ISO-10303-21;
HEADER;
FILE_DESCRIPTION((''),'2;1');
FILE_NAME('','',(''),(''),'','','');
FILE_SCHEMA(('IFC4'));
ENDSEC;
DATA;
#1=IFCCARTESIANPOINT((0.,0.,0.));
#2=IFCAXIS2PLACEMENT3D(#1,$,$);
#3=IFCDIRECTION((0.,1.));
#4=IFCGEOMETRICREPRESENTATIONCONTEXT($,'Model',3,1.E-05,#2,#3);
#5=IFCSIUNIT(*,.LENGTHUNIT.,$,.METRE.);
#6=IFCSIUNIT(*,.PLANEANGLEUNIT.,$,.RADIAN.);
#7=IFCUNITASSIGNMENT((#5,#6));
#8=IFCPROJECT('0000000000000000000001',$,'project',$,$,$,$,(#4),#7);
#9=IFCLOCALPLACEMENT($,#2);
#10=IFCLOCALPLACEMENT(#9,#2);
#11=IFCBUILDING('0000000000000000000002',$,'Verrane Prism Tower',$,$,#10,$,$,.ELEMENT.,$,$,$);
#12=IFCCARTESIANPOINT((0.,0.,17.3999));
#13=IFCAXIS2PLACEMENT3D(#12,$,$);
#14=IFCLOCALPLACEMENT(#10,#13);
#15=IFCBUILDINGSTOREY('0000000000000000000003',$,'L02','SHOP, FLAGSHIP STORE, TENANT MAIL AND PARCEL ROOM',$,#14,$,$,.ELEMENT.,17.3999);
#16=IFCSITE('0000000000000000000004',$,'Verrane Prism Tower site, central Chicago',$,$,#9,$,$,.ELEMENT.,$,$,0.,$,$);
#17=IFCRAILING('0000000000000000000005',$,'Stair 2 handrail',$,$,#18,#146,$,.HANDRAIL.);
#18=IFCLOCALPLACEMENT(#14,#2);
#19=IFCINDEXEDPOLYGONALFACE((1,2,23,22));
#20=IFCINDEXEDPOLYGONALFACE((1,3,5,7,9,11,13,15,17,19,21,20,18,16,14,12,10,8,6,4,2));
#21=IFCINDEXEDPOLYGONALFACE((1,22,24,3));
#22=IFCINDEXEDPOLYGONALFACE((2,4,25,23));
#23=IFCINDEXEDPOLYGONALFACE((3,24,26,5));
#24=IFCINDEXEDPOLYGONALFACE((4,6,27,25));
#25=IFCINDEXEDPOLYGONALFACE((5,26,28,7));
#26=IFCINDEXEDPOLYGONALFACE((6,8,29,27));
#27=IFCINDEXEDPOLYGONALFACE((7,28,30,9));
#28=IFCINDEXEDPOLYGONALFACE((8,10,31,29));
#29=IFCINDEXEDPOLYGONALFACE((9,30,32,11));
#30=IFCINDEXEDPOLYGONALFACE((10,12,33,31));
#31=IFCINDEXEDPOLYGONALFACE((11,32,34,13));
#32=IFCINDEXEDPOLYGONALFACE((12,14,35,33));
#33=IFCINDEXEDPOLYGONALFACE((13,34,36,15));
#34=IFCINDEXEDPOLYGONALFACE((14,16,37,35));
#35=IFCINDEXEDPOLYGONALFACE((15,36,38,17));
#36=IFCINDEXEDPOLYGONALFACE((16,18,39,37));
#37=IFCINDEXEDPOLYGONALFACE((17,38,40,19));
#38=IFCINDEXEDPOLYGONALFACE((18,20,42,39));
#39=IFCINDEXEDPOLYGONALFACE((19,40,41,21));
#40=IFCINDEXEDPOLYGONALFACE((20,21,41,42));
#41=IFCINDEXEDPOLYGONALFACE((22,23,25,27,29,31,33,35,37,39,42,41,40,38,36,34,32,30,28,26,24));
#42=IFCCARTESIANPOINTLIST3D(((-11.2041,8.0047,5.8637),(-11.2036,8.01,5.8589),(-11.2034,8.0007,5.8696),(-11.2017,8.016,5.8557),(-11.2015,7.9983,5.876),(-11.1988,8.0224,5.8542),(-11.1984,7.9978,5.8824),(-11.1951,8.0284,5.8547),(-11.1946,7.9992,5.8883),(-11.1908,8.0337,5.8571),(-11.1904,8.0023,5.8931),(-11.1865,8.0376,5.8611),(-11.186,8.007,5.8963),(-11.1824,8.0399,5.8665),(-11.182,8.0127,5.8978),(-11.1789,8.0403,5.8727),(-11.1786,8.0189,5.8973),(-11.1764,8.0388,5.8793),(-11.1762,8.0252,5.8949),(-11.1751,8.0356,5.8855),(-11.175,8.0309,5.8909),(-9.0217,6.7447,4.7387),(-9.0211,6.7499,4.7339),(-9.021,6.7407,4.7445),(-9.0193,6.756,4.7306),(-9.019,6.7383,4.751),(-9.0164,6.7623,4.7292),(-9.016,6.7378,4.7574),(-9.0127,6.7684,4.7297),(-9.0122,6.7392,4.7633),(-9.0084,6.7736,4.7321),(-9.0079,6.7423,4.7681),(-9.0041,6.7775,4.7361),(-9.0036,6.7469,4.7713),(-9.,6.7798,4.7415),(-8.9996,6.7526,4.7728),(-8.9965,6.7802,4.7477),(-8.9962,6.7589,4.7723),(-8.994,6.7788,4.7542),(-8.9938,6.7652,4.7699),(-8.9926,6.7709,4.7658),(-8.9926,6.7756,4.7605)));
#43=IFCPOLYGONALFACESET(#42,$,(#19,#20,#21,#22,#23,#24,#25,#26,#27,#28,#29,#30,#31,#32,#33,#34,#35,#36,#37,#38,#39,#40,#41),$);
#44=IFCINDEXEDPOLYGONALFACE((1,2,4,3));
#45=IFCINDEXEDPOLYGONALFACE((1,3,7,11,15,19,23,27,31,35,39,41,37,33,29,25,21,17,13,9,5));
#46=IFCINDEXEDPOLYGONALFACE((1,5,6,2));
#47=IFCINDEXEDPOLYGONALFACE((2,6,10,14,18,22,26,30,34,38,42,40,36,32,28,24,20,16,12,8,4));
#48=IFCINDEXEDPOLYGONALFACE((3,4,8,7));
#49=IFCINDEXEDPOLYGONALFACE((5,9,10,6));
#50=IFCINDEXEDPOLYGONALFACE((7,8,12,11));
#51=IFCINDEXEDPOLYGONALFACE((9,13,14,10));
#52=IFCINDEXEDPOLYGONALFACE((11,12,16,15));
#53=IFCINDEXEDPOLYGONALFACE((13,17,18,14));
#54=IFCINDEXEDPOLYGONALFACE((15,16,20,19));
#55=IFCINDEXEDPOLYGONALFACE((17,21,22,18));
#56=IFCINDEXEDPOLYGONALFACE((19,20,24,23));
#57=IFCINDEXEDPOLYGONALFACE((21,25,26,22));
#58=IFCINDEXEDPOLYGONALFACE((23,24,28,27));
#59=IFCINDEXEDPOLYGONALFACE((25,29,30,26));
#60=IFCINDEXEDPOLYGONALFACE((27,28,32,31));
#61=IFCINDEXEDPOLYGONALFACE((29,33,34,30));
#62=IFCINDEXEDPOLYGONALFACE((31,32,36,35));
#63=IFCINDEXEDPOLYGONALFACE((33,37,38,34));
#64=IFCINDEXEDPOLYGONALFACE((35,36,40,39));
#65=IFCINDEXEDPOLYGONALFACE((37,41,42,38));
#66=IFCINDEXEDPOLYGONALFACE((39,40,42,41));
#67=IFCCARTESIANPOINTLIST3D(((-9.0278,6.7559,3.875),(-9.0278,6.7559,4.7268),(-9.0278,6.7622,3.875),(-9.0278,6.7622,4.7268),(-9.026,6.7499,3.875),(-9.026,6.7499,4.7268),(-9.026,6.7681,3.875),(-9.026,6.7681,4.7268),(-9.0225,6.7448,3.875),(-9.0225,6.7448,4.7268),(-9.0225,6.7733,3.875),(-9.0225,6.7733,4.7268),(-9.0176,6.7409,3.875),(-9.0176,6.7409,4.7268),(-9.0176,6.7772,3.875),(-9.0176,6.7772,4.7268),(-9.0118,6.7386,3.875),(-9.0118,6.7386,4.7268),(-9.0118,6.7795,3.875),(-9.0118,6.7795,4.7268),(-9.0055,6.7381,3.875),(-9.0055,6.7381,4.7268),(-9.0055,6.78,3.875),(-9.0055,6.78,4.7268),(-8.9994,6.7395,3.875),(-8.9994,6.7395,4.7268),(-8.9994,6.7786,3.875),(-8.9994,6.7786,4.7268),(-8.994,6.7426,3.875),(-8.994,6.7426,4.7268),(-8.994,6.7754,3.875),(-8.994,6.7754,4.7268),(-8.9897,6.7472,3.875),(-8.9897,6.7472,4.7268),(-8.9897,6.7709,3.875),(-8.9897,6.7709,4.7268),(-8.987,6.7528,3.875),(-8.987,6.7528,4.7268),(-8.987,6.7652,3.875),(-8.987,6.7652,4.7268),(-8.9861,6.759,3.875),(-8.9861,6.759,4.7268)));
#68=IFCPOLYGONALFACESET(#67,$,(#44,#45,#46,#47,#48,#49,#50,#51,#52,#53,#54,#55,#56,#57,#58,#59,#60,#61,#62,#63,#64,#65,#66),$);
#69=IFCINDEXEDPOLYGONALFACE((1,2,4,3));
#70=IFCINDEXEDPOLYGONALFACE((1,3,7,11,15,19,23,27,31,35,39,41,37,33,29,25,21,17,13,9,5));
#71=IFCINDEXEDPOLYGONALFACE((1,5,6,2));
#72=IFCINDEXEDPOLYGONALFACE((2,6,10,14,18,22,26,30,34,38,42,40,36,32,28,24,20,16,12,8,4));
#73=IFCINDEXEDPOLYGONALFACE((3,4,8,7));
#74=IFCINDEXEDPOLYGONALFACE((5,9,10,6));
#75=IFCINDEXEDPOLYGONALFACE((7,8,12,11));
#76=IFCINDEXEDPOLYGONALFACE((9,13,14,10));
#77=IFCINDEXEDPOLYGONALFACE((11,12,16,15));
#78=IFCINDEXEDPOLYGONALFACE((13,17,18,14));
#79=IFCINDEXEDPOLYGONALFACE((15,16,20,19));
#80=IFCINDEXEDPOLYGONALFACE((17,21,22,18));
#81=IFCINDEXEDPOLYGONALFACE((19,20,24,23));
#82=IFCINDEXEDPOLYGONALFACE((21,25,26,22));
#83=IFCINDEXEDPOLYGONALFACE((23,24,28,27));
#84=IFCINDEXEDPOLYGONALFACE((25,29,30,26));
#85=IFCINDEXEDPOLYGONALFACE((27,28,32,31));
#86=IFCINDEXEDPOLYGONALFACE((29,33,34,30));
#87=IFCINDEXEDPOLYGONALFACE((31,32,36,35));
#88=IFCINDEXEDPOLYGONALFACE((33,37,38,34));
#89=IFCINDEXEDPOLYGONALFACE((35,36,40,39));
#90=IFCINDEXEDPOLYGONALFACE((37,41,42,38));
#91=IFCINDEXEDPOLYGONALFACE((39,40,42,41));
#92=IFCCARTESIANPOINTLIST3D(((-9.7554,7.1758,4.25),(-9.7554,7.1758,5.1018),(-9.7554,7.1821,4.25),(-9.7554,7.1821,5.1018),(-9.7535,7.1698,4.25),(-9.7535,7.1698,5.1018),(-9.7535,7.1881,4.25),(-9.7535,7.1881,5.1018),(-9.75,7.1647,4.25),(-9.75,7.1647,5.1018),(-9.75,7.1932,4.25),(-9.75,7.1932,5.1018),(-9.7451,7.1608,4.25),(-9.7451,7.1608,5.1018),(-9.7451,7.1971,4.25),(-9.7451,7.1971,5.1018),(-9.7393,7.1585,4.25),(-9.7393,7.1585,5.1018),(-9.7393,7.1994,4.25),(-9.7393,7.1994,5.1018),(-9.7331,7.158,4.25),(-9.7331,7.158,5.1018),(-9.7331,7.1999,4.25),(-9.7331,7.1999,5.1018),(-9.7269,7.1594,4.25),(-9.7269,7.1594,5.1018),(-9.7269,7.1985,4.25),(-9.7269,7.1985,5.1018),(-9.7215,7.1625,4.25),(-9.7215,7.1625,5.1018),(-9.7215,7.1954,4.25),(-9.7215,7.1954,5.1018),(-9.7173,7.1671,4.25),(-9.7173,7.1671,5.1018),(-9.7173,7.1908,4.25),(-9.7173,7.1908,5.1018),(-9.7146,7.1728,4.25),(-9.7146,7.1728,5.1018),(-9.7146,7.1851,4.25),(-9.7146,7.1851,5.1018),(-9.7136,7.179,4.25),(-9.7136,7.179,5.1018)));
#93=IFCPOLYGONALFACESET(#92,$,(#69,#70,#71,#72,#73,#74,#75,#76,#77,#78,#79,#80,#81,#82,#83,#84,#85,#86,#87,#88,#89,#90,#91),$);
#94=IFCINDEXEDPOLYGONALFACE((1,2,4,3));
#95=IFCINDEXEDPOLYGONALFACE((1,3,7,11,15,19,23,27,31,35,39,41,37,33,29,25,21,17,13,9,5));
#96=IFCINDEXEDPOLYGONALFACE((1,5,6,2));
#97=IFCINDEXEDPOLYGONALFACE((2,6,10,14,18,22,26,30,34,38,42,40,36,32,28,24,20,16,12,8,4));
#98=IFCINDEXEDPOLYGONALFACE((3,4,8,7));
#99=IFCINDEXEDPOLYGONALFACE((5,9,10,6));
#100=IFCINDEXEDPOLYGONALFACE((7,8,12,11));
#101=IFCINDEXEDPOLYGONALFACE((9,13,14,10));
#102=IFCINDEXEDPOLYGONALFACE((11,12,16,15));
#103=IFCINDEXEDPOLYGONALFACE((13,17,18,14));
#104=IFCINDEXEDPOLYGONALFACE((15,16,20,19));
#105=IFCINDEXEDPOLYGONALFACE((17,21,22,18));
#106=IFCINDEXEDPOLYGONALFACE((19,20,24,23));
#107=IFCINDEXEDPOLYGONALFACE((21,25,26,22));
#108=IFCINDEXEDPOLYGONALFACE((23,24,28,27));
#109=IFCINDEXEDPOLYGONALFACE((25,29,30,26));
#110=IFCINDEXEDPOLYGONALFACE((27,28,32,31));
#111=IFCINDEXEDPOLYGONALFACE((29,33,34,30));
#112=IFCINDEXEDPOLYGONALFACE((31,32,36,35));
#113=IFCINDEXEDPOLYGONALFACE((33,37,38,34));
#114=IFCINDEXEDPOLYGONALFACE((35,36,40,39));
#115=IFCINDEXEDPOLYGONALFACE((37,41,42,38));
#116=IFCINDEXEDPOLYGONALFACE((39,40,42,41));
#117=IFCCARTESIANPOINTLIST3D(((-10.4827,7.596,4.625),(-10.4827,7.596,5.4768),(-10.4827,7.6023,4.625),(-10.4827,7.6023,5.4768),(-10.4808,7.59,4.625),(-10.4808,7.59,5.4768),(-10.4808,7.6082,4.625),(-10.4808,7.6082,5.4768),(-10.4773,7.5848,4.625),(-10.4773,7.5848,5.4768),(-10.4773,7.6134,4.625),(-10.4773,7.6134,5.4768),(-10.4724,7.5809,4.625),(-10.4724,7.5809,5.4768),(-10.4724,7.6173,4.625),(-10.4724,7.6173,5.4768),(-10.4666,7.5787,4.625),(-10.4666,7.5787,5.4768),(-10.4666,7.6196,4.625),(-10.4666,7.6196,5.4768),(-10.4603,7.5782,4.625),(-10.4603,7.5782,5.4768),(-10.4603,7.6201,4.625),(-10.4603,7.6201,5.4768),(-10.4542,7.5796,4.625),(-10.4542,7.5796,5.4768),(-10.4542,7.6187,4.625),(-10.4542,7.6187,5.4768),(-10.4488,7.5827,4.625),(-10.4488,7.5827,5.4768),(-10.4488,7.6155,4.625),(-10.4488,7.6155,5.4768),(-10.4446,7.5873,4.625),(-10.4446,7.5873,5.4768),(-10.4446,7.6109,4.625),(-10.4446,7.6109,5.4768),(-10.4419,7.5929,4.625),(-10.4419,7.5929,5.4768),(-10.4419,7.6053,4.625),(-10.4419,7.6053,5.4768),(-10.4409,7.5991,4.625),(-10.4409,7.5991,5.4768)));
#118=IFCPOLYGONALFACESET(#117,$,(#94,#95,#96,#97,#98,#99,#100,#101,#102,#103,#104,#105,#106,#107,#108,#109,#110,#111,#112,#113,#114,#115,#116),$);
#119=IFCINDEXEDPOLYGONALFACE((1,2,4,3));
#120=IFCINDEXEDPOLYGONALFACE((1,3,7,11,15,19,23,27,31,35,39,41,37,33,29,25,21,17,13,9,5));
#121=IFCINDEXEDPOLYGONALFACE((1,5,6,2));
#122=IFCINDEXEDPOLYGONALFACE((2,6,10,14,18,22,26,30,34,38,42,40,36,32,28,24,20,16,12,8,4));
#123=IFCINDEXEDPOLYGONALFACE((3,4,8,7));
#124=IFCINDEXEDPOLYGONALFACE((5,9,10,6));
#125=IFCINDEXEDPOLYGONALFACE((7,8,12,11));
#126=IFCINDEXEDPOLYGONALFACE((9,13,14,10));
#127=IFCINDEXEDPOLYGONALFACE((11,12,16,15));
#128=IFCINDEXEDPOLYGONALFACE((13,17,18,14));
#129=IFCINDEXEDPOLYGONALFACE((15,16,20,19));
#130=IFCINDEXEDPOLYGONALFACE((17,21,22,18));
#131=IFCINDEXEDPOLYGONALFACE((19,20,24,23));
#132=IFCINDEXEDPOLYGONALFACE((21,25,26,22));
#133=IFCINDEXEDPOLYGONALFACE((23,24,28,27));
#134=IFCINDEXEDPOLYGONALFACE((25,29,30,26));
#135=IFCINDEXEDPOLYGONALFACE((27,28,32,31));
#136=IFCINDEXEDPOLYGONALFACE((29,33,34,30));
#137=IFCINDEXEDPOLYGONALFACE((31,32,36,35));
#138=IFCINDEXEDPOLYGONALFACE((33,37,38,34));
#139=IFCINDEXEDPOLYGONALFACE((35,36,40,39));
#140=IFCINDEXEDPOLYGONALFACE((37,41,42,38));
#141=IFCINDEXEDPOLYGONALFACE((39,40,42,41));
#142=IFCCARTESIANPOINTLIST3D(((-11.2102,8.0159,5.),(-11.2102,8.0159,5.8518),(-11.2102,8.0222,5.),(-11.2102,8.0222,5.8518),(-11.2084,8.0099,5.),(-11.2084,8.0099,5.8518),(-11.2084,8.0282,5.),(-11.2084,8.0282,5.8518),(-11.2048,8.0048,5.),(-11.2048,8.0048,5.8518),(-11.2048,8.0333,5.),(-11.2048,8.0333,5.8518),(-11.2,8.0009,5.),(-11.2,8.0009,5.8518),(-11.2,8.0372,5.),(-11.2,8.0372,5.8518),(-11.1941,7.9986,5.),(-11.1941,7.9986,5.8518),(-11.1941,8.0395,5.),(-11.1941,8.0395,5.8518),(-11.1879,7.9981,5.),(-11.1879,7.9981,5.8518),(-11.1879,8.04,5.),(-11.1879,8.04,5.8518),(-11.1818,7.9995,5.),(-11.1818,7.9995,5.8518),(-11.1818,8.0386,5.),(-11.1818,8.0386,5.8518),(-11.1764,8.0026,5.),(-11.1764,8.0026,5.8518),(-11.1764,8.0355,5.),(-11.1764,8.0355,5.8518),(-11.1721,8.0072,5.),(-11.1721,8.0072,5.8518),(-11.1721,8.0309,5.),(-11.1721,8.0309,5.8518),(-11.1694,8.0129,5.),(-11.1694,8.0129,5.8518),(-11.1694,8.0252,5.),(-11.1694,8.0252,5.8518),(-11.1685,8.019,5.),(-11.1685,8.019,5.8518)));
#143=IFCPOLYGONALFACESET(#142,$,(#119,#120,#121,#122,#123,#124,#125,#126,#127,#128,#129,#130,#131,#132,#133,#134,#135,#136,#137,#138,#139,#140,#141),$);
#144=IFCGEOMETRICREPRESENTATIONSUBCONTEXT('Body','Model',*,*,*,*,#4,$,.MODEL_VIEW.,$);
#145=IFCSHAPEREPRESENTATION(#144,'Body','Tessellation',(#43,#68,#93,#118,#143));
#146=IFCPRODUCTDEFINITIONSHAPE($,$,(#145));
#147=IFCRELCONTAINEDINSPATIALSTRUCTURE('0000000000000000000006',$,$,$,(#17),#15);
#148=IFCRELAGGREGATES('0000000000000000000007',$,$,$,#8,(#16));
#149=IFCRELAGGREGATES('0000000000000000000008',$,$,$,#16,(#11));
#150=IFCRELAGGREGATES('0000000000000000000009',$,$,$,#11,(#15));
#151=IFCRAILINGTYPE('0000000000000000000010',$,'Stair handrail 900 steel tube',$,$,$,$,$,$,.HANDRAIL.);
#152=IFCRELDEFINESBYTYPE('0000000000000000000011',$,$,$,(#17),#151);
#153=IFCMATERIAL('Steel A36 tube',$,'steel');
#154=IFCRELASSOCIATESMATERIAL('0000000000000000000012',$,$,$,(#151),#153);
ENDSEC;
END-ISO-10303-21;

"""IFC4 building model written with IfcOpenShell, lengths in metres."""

from ifc_helpers import new_model, si_unit, direction, frame, origin, origin_2d, place, context, subcontext, project, spatial, circle, extrude, material, type_object, element, save


model = new_model("IFC4")

# Units and contexts
model_context = context("Model", 3, precision=1e-05, world=origin(), true_north=direction((0.0, 1.0)))
body_context = subcontext(model_context, "Body", "Model", "MODEL_VIEW")
ifc_project = project(units=[si_unit("LENGTHUNIT", "METRE"), si_unit("PLANEANGLEUNIT", "RADIAN")], contexts=[model_context])

# Site, building, storey
site_placement = place(None, origin())
site = spatial("IfcSite", under=ifc_project, at=site_placement, Name="Verrane Prism Tower site, central Chicago", CompositionType="ELEMENT", RefElevation=0.0)
building_placement = place(site_placement, origin())
building = spatial("IfcBuilding", under=site, at=building_placement, Name="Verrane Prism Tower", CompositionType="ELEMENT")
storey_placement = place(building_placement, frame((0.0, 0.0, 17.3999)))
storey = spatial("IfcBuildingStorey", under=building, at=storey_placement, Name="L02", Description="SHOP, FLAGSHIP STORE, TENANT MAIL AND PARCEL ROOM", CompositionType="ELEMENT", Elevation=17.3999)

# Railing
ifc_material_1 = material(Name="Steel A36 tube", Category="steel")
railing_type_1 = type_object("IfcRailingType", Name="Stair handrail 900 steel tube", PredefinedType="HANDRAIL", material=ifc_material_1)
railing_1_placement = place(storey_placement, frame((-9.0071, 6.759, 3.875)))
element("IfcRailing", 1, at=railing_1_placement, inside=storey, type_object=railing_type_1, Name="Stair 2 handrail", PredefinedType="HANDRAIL", context=body_context, shape_type="SweptSolid", body=[
    extrude(circle(Radius=0.0239, at=origin_2d()), frame((0.0, 0.0, 0.876), z_axis=(-0.790798, 0.456573, 0.407651), x_axis=(-0.500005, -0.866023, 0.0)), (0.0, 0.0, 1.0), 2.7598),
    extrude(circle(Radius=0.021, at=origin_2d()), origin(), (0.0, 0.0, 1.0), 0.8518),
    extrude(circle(Radius=0.021, at=origin_2d()), frame((-0.7275, 0.4199, 0.375)), (0.0, 0.0, 1.0), 0.8518),
    extrude(circle(Radius=0.021, at=origin_2d()), frame((-1.4548, 0.8401, 0.75)), (0.0, 0.0, 1.0), 0.8518),
    extrude(circle(Radius=0.021, at=origin_2d()), frame((-2.1824, 1.26, 1.125)), (0.0, 0.0, 1.0), 0.8518),
])

save(model, "model.ifc")
